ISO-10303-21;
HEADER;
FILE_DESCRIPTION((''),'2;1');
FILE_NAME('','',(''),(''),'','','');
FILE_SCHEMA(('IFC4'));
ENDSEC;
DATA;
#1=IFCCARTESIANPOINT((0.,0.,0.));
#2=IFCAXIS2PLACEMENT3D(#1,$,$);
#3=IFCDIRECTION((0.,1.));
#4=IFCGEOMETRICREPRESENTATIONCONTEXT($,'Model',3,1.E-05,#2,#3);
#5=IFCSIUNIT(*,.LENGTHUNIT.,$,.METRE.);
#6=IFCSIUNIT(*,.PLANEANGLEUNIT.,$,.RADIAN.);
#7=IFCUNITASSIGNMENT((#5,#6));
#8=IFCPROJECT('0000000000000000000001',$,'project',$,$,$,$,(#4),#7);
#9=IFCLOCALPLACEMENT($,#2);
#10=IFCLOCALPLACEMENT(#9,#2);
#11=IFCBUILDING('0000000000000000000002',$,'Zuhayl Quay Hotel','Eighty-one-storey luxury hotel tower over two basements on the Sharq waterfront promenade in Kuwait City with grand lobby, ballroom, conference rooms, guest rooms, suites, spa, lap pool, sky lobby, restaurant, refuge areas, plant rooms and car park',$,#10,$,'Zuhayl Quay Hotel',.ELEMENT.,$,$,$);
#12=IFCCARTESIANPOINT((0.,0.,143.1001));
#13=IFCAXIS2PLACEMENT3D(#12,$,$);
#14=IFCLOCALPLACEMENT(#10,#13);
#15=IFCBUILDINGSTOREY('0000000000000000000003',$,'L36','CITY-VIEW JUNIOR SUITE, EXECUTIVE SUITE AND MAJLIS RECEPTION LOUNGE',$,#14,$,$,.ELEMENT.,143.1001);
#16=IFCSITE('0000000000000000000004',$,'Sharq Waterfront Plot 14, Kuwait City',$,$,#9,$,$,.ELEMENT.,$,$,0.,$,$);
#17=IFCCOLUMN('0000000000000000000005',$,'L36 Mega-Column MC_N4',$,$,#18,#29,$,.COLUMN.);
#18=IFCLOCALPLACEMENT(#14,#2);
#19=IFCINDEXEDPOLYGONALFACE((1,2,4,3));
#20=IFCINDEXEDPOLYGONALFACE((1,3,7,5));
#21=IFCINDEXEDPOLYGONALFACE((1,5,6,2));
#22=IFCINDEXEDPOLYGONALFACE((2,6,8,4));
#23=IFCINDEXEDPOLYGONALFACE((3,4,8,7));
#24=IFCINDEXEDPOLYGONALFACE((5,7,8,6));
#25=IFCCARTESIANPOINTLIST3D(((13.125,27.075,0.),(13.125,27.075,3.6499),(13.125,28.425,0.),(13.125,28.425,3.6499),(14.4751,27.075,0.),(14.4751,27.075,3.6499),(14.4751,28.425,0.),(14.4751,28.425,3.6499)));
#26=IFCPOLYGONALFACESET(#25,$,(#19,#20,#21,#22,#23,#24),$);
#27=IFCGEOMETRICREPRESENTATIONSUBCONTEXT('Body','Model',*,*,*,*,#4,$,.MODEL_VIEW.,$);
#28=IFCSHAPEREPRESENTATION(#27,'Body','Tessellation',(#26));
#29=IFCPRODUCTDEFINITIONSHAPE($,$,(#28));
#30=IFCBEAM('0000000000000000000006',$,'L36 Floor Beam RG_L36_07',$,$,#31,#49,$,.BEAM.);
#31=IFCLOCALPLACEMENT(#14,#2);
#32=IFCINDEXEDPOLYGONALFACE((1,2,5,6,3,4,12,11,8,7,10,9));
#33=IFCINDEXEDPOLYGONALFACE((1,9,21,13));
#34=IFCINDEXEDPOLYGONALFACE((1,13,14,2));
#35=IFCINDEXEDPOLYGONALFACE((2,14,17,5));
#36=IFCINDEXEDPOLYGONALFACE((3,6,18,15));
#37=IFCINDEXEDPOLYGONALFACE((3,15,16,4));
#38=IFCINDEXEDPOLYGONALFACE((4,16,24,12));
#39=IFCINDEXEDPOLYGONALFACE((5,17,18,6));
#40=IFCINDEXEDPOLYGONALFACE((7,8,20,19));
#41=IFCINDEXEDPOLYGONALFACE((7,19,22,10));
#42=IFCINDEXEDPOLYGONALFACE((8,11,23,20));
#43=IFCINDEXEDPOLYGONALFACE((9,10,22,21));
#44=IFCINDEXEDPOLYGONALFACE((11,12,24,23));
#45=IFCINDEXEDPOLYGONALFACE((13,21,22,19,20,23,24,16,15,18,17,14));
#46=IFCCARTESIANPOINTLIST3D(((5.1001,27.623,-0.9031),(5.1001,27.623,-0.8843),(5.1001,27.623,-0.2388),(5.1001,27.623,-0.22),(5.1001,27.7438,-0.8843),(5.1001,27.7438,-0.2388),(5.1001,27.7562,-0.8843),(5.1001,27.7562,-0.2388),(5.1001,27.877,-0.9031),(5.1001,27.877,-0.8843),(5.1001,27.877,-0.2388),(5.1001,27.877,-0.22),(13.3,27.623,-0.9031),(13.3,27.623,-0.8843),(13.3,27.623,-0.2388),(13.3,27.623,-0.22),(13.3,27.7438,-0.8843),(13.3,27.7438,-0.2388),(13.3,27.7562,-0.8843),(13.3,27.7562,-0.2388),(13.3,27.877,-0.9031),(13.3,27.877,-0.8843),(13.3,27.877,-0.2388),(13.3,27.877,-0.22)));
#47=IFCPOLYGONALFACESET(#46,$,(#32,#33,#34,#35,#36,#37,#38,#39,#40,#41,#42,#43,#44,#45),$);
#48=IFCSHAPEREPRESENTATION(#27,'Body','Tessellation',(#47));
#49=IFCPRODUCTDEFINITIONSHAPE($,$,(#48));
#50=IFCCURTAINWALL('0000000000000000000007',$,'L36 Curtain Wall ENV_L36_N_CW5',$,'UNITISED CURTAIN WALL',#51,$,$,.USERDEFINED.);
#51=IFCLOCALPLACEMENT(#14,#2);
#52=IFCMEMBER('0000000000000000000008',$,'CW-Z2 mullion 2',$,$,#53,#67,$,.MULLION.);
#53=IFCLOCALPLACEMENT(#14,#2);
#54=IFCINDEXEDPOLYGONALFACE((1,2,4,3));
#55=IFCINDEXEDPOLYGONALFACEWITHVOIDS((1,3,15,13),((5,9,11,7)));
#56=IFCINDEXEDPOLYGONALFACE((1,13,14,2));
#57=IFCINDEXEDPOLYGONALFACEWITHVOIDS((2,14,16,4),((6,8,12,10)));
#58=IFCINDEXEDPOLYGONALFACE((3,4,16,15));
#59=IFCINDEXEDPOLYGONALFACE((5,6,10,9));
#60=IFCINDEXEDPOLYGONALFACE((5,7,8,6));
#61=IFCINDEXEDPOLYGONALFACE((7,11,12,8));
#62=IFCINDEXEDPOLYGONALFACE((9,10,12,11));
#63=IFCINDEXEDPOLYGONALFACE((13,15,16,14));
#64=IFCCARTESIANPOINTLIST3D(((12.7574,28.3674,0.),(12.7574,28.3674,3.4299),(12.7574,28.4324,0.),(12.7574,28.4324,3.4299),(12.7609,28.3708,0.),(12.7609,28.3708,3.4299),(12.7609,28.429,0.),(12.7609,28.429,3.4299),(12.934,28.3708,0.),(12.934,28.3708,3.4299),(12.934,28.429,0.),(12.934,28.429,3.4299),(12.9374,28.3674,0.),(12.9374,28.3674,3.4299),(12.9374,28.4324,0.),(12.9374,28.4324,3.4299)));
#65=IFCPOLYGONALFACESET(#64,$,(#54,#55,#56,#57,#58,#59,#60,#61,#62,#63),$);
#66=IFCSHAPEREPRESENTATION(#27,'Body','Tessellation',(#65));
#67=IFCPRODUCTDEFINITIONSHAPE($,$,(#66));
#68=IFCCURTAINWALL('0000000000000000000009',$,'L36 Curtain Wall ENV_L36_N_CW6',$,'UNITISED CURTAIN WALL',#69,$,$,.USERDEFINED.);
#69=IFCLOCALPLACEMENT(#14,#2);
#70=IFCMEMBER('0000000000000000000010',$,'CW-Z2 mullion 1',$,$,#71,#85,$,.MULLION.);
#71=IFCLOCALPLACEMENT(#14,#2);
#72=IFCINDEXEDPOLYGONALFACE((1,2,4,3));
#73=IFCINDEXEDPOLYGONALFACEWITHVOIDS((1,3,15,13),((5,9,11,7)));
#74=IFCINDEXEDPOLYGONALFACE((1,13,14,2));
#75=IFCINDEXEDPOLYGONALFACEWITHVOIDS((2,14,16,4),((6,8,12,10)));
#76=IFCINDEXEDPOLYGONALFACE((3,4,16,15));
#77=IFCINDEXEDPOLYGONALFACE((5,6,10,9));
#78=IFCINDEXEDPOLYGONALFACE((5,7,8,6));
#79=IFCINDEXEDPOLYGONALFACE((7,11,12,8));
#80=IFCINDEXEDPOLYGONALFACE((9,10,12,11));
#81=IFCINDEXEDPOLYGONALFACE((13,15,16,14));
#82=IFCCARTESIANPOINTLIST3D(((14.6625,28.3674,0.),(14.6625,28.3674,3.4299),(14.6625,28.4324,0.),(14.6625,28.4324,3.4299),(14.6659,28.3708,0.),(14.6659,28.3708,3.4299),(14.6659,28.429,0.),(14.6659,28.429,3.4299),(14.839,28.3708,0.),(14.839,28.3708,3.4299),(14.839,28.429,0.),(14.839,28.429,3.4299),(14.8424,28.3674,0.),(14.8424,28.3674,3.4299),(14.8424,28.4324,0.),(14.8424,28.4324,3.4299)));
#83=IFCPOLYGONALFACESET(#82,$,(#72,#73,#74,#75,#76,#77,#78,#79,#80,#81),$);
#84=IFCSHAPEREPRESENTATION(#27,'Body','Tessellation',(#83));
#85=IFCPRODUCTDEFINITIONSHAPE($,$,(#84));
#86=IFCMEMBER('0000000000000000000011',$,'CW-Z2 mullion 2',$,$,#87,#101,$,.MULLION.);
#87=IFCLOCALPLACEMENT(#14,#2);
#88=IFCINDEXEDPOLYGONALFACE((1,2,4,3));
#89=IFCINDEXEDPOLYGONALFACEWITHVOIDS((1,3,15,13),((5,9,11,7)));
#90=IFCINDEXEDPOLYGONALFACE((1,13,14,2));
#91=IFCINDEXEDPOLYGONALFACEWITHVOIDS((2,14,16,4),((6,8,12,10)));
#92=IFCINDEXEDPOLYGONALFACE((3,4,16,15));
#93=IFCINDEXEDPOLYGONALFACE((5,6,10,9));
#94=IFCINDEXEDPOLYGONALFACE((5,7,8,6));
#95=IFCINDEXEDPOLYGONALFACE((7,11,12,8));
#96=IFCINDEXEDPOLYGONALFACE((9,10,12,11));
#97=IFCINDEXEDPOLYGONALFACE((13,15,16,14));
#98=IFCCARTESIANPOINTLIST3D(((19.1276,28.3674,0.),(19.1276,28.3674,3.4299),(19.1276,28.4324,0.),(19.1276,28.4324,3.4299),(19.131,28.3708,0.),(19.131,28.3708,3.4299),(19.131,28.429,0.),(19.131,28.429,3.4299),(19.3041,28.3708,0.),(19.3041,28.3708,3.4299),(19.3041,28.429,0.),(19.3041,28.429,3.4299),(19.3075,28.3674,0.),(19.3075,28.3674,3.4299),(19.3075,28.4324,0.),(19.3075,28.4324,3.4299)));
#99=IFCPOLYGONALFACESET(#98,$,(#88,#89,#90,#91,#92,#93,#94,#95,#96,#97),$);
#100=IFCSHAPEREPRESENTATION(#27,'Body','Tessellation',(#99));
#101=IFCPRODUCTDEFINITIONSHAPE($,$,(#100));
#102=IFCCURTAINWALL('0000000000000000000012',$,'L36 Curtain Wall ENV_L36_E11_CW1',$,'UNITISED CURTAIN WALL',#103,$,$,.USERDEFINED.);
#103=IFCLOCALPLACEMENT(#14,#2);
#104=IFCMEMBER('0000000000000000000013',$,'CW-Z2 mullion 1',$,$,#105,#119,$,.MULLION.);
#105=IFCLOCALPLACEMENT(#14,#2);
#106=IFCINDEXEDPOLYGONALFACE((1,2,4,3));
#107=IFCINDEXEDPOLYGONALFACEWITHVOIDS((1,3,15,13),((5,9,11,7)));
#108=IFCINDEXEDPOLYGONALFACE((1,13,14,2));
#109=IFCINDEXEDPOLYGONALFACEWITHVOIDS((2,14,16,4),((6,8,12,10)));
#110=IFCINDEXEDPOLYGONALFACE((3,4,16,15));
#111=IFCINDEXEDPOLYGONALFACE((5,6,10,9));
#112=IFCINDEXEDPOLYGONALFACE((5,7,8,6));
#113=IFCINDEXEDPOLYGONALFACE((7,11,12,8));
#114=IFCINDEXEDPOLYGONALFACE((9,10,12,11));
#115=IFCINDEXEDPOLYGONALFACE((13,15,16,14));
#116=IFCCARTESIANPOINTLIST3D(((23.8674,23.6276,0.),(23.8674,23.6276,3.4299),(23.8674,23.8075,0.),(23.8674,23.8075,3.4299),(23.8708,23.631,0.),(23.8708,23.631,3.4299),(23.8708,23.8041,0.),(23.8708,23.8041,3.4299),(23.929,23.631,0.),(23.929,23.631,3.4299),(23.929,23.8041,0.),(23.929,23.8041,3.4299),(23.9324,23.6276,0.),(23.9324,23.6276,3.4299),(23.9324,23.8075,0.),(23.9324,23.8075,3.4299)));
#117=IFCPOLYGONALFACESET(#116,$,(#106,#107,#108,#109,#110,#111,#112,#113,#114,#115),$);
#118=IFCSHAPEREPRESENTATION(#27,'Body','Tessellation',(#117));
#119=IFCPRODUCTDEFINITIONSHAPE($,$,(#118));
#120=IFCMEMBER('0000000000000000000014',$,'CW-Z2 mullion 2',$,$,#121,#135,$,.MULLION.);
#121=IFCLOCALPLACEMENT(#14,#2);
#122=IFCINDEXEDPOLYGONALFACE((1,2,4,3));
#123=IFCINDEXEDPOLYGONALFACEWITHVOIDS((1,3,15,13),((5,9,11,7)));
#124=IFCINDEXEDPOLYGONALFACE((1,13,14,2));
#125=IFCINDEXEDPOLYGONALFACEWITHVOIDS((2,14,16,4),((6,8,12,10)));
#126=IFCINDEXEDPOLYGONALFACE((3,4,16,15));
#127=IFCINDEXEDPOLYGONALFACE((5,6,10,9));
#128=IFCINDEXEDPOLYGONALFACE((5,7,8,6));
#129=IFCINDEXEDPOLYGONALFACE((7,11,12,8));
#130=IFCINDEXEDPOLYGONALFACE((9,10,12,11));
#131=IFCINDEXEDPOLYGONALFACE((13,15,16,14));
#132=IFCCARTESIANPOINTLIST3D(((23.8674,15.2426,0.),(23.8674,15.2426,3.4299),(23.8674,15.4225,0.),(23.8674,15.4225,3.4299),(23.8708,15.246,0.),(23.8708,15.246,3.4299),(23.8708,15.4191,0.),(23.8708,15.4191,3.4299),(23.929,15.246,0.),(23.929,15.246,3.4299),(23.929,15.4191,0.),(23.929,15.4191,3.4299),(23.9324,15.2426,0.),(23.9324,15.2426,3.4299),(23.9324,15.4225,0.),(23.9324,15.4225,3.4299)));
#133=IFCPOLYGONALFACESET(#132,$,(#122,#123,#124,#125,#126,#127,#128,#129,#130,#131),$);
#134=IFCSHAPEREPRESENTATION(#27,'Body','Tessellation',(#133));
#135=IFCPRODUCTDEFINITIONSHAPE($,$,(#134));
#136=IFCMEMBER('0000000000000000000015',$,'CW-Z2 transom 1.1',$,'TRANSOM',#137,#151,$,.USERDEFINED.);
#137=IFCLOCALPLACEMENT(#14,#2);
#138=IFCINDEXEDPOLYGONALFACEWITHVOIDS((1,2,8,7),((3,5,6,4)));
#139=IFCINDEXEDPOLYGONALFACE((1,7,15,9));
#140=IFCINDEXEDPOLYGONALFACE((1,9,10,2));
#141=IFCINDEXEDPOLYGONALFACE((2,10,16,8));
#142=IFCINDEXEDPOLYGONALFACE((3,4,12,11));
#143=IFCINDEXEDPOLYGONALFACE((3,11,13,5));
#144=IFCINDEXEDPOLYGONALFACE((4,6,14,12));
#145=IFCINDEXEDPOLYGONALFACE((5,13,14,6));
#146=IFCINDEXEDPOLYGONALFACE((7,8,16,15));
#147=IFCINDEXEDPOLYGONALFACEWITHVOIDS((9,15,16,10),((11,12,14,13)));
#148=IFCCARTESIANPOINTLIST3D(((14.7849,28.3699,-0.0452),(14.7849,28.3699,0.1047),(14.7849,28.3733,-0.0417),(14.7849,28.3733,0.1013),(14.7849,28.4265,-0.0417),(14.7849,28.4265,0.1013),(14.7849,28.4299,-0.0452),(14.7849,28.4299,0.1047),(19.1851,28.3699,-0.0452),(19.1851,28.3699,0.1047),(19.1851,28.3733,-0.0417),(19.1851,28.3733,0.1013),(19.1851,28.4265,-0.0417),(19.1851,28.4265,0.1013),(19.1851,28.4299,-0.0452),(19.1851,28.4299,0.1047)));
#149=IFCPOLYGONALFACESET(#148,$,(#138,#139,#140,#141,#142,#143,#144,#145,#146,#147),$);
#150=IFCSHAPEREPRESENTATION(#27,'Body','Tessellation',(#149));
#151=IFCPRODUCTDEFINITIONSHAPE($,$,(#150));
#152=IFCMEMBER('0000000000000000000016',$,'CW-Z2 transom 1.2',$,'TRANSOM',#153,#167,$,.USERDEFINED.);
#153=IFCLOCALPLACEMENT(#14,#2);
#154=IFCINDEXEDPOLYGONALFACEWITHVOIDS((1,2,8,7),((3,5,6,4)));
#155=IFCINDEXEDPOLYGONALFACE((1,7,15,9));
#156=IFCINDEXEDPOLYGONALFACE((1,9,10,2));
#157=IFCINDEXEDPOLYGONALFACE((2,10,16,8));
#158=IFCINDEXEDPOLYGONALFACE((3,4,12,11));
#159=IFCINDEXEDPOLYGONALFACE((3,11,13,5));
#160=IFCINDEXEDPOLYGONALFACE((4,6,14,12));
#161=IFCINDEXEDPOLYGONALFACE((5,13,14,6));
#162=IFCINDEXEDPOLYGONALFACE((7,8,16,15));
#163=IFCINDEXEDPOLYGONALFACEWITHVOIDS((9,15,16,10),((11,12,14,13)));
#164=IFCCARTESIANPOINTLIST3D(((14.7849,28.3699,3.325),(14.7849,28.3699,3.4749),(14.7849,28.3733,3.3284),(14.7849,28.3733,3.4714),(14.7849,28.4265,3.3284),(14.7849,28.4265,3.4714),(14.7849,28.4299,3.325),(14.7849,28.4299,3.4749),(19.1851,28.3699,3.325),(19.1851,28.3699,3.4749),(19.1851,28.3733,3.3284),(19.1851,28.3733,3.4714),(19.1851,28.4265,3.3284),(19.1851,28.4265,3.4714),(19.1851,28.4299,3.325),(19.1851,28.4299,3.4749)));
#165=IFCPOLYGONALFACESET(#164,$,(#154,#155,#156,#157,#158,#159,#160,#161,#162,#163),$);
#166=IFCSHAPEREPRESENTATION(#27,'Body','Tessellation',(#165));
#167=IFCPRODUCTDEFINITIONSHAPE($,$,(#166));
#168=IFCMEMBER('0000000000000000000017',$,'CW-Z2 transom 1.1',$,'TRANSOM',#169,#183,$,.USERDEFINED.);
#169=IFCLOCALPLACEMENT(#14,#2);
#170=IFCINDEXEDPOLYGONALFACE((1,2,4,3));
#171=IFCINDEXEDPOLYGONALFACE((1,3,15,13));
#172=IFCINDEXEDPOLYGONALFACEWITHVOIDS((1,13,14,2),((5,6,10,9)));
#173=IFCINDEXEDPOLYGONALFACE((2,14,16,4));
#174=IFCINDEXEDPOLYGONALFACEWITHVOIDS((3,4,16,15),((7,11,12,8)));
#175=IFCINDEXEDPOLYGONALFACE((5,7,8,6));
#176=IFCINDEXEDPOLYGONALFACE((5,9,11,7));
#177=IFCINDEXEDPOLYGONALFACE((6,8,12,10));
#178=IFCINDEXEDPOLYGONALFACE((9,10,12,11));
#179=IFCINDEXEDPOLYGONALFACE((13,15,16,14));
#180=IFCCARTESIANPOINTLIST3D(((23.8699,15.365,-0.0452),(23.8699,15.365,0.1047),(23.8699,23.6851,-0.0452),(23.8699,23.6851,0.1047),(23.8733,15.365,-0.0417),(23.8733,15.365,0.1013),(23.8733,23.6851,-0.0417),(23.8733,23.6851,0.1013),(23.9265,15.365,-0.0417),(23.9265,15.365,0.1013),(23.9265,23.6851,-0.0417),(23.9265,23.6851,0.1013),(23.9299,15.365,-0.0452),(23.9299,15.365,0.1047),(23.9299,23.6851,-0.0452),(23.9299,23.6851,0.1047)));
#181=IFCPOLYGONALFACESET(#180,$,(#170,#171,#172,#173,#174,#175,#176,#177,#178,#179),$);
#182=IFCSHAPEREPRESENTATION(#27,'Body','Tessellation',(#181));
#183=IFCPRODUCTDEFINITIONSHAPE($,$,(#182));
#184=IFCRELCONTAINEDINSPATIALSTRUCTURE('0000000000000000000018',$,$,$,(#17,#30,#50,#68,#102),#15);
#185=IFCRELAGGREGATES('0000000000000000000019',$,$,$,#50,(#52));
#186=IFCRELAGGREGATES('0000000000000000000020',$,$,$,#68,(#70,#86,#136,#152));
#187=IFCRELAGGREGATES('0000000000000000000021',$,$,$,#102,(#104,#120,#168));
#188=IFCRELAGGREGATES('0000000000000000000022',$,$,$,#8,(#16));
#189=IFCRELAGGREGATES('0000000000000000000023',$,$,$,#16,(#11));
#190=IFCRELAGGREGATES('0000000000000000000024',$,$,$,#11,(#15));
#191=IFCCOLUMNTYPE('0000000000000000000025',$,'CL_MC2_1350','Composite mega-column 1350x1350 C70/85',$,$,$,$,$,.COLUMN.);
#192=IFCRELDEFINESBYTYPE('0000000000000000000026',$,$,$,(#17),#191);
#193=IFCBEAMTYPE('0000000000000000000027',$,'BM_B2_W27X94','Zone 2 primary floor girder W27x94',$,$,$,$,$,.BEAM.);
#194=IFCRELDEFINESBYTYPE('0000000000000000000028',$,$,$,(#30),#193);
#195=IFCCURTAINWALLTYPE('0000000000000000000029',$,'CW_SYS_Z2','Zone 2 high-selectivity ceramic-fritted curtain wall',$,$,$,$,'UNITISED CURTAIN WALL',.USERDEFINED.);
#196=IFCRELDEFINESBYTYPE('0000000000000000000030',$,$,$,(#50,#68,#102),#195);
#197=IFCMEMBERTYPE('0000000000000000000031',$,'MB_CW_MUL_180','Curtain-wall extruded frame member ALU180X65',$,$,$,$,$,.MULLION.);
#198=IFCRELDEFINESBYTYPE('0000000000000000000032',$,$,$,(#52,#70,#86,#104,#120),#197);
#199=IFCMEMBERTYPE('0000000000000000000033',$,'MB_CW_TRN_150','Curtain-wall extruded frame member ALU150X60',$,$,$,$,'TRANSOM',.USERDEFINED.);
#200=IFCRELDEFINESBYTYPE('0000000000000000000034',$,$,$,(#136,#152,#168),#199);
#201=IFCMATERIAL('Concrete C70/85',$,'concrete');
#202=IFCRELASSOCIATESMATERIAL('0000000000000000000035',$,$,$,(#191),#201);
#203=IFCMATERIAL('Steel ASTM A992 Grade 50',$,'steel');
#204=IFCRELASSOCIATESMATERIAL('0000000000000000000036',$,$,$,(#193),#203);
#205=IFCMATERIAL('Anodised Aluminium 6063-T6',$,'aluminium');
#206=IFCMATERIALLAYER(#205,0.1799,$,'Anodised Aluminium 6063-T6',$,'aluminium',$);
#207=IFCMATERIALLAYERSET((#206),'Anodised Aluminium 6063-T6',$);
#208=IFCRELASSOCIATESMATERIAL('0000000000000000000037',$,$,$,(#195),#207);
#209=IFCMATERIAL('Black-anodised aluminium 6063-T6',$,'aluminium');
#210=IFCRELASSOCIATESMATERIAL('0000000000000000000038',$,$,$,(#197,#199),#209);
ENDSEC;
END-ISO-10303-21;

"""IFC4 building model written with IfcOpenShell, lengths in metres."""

from ifc_helpers import new_model, si_unit, direction, frame, origin, origin_2d, place, context, subcontext, project, spatial, rectangle, hollow_rectangle, i_section, extrude, material, layer, layer_set, material_profile, profile_set, type_object, element, aggregate, save


model = new_model("IFC4")

# Units and contexts
model_context = context("Model", 3, precision=1e-05, world=origin(), true_north=direction((0.0, 1.0)))
body_context = subcontext(model_context, "Body", "Model", "MODEL_VIEW")
ifc_project = project(units=[si_unit("LENGTHUNIT", "METRE"), si_unit("PLANEANGLEUNIT", "RADIAN")], contexts=[model_context])

# Site, building, storey
site_placement = place(None, origin())
site = spatial("IfcSite", under=ifc_project, at=site_placement, Name="Sharq Waterfront Plot 14, Kuwait City", CompositionType="ELEMENT", RefElevation=0.0)
building_placement = place(site_placement, origin())
building = spatial("IfcBuilding", under=site, at=building_placement, Name="Zuhayl Quay Hotel", Description="Eighty-one-storey luxury hotel tower over two basements on the Sharq waterfront promenade in Kuwait City with grand lobby, ballroom, conference rooms, guest rooms, suites, spa, lap pool, sky lobby, restaurant, refuge areas, plant rooms and car park", LongName="Zuhayl Quay Hotel", CompositionType="ELEMENT")
storey_placement = place(building_placement, frame((0.0, 0.0, 143.1001)))
storey = spatial("IfcBuildingStorey", under=building, at=storey_placement, Name="L36", Description="CITY-VIEW JUNIOR SUITE, EXECUTIVE SUITE AND MAJLIS RECEPTION LOUNGE", CompositionType="ELEMENT", Elevation=143.1001)

# Column
ifc_material_1 = material(Name="Concrete C70/85", Category="concrete")
ifc_material_profile_1 = material_profile(ifc_material_1, rectangle(XDim=1.3501, YDim=1.3501, at=origin_2d()), Name="RC1350X1350")
ifc_profile_set_1 = profile_set([ifc_material_profile_1], Name="Concrete C70/85")
column_type = type_object("IfcColumnType", Name="CL_MC2_1350", Description="Composite mega-column 1350x1350 C70/85", PredefinedType="COLUMN", material=ifc_profile_set_1)
column_placement = place(storey_placement, frame((13.8, 27.75, 0.0), z_axis=(0.0, 0.0, 1.0), x_axis=(1.0, 0.0, 0.0)))
element("IfcColumn", 1, at=column_placement, inside=storey, type_object=column_type, Name="L36 Mega-Column MC_N4", PredefinedType="COLUMN", context=body_context, shape_type="SweptSolid", body=[
    extrude(rectangle(XDim=1.3501, YDim=1.3501, at=origin_2d()), origin(), (0.0, 0.0, 1.0), 3.6499),
])

# Beam
ifc_material_2 = material(Name="Steel ASTM A992 Grade 50", Category="steel")
ifc_material_profile_2 = material_profile(ifc_material_2, i_section(OverallWidth=0.2539, OverallDepth=0.6831, WebThickness=0.0125, FlangeThickness=0.0188, at=origin_2d()), Name="W27X94")
ifc_profile_set_2 = profile_set([ifc_material_profile_2], Name="Steel ASTM A992 Grade 50")
beam_type = type_object("IfcBeamType", Name="BM_B2_W27X94", Description="Zone 2 primary floor girder W27x94", PredefinedType="BEAM", material=ifc_profile_set_2)
beam_placement = place(storey_placement, frame((13.3, 27.75, -0.5615), z_axis=(-1.0, 0.0, 0.0), x_axis=(0.0, -1.0, 0.0)))
element("IfcBeam", 2, at=beam_placement, inside=storey, type_object=beam_type, Name="L36 Floor Beam RG_L36_07", PredefinedType="BEAM", context=body_context, shape_type="SweptSolid", body=[
    extrude(i_section(OverallWidth=0.2539, OverallDepth=0.6831, WebThickness=0.0125, FlangeThickness=0.0188, at=origin_2d()), origin(), (0.0, 0.0, 1.0), 8.2),
])

# Curtain wall, member
ifc_material_3 = material(Name="Anodised Aluminium 6063-T6", Category="aluminium")
ifc_layer_1 = layer(ifc_material_3, 0.1799, Name="Anodised Aluminium 6063-T6", Category="aluminium")
ifc_layer_set_1 = layer_set([ifc_layer_1], Name="Anodised Aluminium 6063-T6")
curtain_wall_type = type_object("IfcCurtainWallType", Name="CW_SYS_Z2", Description="Zone 2 high-selectivity ceramic-fritted curtain wall", ElementType="UNITISED CURTAIN WALL", PredefinedType="USERDEFINED", material=ifc_layer_set_1)
curtain_wall_1_placement = place(storey_placement, origin())
curtain_wall_1 = element("IfcCurtainWall", 3, at=curtain_wall_1_placement, inside=storey, type_object=curtain_wall_type, Name="L36 Curtain Wall ENV_L36_N_CW5", ObjectType="UNITISED CURTAIN WALL", PredefinedType="USERDEFINED")
ifc_material_4 = material(Name="Black-anodised aluminium 6063-T6", Category="aluminium")
ifc_material_profile_3 = material_profile(ifc_material_4, hollow_rectangle(XDim=0.0649, YDim=0.1799, WallThickness=0.0034, at=origin_2d()), Name="ALU180X65")
ifc_profile_set_3 = profile_set([ifc_material_profile_3], Name="Black-anodised aluminium 6063-T6")
member_type_1 = type_object("IfcMemberType", Name="MB_CW_MUL_180", Description="Curtain-wall extruded frame member ALU180X65", PredefinedType="MULLION", material=ifc_profile_set_3)
member_1_placement = place(storey_placement, frame((12.8474, 28.3999, 0.0), z_axis=(0.0, 0.0, 1.0), x_axis=(0.0, 1.0, 0.0)))
member_1 = element("IfcMember", 4, at=member_1_placement, type_object=member_type_1, Name="CW-Z2 mullion 2", PredefinedType="MULLION", context=body_context, shape_type="SweptSolid", body=[
    extrude(hollow_rectangle(XDim=0.0649, YDim=0.1799, WallThickness=0.0034, at=origin_2d()), origin(), (0.0, 0.0, 1.0), 3.4299),
])

# Curtain walls, members
curtain_wall_2_placement = place(storey_placement, origin())
curtain_wall_2 = element("IfcCurtainWall", 5, at=curtain_wall_2_placement, inside=storey, type_object=curtain_wall_type, Name="L36 Curtain Wall ENV_L36_N_CW6", ObjectType="UNITISED CURTAIN WALL", PredefinedType="USERDEFINED")
member_2_placement = place(storey_placement, frame((14.7524, 28.3999, 0.0), z_axis=(0.0, 0.0, 1.0), x_axis=(0.0, 1.0, 0.0)))
member_2 = element("IfcMember", 6, at=member_2_placement, type_object=member_type_1, Name="CW-Z2 mullion 1", PredefinedType="MULLION", context=body_context, shape_type="SweptSolid", body=[
    extrude(hollow_rectangle(XDim=0.0649, YDim=0.1799, WallThickness=0.0034, at=origin_2d()), origin(), (0.0, 0.0, 1.0), 3.4299),
])
member_3_placement = place(storey_placement, frame((19.2175, 28.3999, 0.0), z_axis=(0.0, 0.0, 1.0), x_axis=(0.0, 1.0, 0.0)))
member_3 = element("IfcMember", 7, at=member_3_placement, type_object=member_type_1, Name="CW-Z2 mullion 2", PredefinedType="MULLION", context=body_context, shape_type="SweptSolid", body=[
    extrude(hollow_rectangle(XDim=0.0649, YDim=0.1799, WallThickness=0.0034, at=origin_2d()), origin(), (0.0, 0.0, 1.0), 3.4299),
])
curtain_wall_3_placement = place(storey_placement, origin())
curtain_wall_3 = element("IfcCurtainWall", 8, at=curtain_wall_3_placement, inside=storey, type_object=curtain_wall_type, Name="L36 Curtain Wall ENV_L36_E11_CW1", ObjectType="UNITISED CURTAIN WALL", PredefinedType="USERDEFINED")
member_4_placement = place(storey_placement, frame((23.8999, 23.7175, 0.0), z_axis=(0.0, 0.0, 1.0), x_axis=(1.0, 0.0, 0.0)))
member_4 = element("IfcMember", 9, at=member_4_placement, type_object=member_type_1, Name="CW-Z2 mullion 1", PredefinedType="MULLION", context=body_context, shape_type="SweptSolid", body=[
    extrude(hollow_rectangle(XDim=0.0649, YDim=0.1799, WallThickness=0.0034, at=origin_2d()), origin(), (0.0, 0.0, 1.0), 3.4299),
])
member_5_placement = place(storey_placement, frame((23.8999, 15.3325, 0.0), z_axis=(0.0, 0.0, 1.0), x_axis=(1.0, 0.0, 0.0)))
member_5 = element("IfcMember", 10, at=member_5_placement, type_object=member_type_1, Name="CW-Z2 mullion 2", PredefinedType="MULLION", context=body_context, shape_type="SweptSolid", body=[
    extrude(hollow_rectangle(XDim=0.0649, YDim=0.1799, WallThickness=0.0034, at=origin_2d()), origin(), (0.0, 0.0, 1.0), 3.4299),
])

# Members
ifc_material_profile_4 = material_profile(ifc_material_4, hollow_rectangle(XDim=0.0601, YDim=0.1499, WallThickness=0.0034, at=origin_2d()), Name="ALU150X60")
ifc_profile_set_4 = profile_set([ifc_material_profile_4], Name="Black-anodised aluminium 6063-T6")
member_type_2 = type_object("IfcMemberType", Name="MB_CW_TRN_150", Description="Curtain-wall extruded frame member ALU150X60", ElementType="TRANSOM", PredefinedType="USERDEFINED", material=ifc_profile_set_4)
member_6_placement = place(storey_placement, frame((14.7849, 28.3999, 0.0298), z_axis=(1.0, 0.0, 0.0), x_axis=(0.0, 1.0, 0.0)))
member_6 = element("IfcMember", 11, at=member_6_placement, type_object=member_type_2, Name="CW-Z2 transom 1.1", ObjectType="TRANSOM", PredefinedType="USERDEFINED", context=body_context, shape_type="SweptSolid", body=[
    extrude(hollow_rectangle(XDim=0.0601, YDim=0.1499, WallThickness=0.0034, at=origin_2d()), origin(), (0.0, 0.0, 1.0), 4.4001),
])
member_7_placement = place(storey_placement, frame((14.7849, 28.3999, 3.3999), z_axis=(1.0, 0.0, 0.0), x_axis=(0.0, 1.0, 0.0)))
member_7 = element("IfcMember", 12, at=member_7_placement, type_object=member_type_2, Name="CW-Z2 transom 1.2", ObjectType="TRANSOM", PredefinedType="USERDEFINED", context=body_context, shape_type="SweptSolid", body=[
    extrude(hollow_rectangle(XDim=0.0601, YDim=0.1499, WallThickness=0.0034, at=origin_2d()), origin(), (0.0, 0.0, 1.0), 4.4001),
])
member_8_placement = place(storey_placement, frame((23.8999, 23.6851, 0.0298), z_axis=(0.0, -1.0, 0.0), x_axis=(1.0, 0.0, 0.0)))
member_8 = element("IfcMember", 13, at=member_8_placement, type_object=member_type_2, Name="CW-Z2 transom 1.1", ObjectType="TRANSOM", PredefinedType="USERDEFINED", context=body_context, shape_type="SweptSolid", body=[
    extrude(hollow_rectangle(XDim=0.0601, YDim=0.1499, WallThickness=0.0034, at=origin_2d()), origin(), (0.0, 0.0, 1.0), 8.3201),
])

aggregate(curtain_wall_1, [member_1])
aggregate(curtain_wall_2, [member_2, member_3, member_6, member_7])
aggregate(curtain_wall_3, [member_4, member_5, member_8])

save(model, "model.ifc")
